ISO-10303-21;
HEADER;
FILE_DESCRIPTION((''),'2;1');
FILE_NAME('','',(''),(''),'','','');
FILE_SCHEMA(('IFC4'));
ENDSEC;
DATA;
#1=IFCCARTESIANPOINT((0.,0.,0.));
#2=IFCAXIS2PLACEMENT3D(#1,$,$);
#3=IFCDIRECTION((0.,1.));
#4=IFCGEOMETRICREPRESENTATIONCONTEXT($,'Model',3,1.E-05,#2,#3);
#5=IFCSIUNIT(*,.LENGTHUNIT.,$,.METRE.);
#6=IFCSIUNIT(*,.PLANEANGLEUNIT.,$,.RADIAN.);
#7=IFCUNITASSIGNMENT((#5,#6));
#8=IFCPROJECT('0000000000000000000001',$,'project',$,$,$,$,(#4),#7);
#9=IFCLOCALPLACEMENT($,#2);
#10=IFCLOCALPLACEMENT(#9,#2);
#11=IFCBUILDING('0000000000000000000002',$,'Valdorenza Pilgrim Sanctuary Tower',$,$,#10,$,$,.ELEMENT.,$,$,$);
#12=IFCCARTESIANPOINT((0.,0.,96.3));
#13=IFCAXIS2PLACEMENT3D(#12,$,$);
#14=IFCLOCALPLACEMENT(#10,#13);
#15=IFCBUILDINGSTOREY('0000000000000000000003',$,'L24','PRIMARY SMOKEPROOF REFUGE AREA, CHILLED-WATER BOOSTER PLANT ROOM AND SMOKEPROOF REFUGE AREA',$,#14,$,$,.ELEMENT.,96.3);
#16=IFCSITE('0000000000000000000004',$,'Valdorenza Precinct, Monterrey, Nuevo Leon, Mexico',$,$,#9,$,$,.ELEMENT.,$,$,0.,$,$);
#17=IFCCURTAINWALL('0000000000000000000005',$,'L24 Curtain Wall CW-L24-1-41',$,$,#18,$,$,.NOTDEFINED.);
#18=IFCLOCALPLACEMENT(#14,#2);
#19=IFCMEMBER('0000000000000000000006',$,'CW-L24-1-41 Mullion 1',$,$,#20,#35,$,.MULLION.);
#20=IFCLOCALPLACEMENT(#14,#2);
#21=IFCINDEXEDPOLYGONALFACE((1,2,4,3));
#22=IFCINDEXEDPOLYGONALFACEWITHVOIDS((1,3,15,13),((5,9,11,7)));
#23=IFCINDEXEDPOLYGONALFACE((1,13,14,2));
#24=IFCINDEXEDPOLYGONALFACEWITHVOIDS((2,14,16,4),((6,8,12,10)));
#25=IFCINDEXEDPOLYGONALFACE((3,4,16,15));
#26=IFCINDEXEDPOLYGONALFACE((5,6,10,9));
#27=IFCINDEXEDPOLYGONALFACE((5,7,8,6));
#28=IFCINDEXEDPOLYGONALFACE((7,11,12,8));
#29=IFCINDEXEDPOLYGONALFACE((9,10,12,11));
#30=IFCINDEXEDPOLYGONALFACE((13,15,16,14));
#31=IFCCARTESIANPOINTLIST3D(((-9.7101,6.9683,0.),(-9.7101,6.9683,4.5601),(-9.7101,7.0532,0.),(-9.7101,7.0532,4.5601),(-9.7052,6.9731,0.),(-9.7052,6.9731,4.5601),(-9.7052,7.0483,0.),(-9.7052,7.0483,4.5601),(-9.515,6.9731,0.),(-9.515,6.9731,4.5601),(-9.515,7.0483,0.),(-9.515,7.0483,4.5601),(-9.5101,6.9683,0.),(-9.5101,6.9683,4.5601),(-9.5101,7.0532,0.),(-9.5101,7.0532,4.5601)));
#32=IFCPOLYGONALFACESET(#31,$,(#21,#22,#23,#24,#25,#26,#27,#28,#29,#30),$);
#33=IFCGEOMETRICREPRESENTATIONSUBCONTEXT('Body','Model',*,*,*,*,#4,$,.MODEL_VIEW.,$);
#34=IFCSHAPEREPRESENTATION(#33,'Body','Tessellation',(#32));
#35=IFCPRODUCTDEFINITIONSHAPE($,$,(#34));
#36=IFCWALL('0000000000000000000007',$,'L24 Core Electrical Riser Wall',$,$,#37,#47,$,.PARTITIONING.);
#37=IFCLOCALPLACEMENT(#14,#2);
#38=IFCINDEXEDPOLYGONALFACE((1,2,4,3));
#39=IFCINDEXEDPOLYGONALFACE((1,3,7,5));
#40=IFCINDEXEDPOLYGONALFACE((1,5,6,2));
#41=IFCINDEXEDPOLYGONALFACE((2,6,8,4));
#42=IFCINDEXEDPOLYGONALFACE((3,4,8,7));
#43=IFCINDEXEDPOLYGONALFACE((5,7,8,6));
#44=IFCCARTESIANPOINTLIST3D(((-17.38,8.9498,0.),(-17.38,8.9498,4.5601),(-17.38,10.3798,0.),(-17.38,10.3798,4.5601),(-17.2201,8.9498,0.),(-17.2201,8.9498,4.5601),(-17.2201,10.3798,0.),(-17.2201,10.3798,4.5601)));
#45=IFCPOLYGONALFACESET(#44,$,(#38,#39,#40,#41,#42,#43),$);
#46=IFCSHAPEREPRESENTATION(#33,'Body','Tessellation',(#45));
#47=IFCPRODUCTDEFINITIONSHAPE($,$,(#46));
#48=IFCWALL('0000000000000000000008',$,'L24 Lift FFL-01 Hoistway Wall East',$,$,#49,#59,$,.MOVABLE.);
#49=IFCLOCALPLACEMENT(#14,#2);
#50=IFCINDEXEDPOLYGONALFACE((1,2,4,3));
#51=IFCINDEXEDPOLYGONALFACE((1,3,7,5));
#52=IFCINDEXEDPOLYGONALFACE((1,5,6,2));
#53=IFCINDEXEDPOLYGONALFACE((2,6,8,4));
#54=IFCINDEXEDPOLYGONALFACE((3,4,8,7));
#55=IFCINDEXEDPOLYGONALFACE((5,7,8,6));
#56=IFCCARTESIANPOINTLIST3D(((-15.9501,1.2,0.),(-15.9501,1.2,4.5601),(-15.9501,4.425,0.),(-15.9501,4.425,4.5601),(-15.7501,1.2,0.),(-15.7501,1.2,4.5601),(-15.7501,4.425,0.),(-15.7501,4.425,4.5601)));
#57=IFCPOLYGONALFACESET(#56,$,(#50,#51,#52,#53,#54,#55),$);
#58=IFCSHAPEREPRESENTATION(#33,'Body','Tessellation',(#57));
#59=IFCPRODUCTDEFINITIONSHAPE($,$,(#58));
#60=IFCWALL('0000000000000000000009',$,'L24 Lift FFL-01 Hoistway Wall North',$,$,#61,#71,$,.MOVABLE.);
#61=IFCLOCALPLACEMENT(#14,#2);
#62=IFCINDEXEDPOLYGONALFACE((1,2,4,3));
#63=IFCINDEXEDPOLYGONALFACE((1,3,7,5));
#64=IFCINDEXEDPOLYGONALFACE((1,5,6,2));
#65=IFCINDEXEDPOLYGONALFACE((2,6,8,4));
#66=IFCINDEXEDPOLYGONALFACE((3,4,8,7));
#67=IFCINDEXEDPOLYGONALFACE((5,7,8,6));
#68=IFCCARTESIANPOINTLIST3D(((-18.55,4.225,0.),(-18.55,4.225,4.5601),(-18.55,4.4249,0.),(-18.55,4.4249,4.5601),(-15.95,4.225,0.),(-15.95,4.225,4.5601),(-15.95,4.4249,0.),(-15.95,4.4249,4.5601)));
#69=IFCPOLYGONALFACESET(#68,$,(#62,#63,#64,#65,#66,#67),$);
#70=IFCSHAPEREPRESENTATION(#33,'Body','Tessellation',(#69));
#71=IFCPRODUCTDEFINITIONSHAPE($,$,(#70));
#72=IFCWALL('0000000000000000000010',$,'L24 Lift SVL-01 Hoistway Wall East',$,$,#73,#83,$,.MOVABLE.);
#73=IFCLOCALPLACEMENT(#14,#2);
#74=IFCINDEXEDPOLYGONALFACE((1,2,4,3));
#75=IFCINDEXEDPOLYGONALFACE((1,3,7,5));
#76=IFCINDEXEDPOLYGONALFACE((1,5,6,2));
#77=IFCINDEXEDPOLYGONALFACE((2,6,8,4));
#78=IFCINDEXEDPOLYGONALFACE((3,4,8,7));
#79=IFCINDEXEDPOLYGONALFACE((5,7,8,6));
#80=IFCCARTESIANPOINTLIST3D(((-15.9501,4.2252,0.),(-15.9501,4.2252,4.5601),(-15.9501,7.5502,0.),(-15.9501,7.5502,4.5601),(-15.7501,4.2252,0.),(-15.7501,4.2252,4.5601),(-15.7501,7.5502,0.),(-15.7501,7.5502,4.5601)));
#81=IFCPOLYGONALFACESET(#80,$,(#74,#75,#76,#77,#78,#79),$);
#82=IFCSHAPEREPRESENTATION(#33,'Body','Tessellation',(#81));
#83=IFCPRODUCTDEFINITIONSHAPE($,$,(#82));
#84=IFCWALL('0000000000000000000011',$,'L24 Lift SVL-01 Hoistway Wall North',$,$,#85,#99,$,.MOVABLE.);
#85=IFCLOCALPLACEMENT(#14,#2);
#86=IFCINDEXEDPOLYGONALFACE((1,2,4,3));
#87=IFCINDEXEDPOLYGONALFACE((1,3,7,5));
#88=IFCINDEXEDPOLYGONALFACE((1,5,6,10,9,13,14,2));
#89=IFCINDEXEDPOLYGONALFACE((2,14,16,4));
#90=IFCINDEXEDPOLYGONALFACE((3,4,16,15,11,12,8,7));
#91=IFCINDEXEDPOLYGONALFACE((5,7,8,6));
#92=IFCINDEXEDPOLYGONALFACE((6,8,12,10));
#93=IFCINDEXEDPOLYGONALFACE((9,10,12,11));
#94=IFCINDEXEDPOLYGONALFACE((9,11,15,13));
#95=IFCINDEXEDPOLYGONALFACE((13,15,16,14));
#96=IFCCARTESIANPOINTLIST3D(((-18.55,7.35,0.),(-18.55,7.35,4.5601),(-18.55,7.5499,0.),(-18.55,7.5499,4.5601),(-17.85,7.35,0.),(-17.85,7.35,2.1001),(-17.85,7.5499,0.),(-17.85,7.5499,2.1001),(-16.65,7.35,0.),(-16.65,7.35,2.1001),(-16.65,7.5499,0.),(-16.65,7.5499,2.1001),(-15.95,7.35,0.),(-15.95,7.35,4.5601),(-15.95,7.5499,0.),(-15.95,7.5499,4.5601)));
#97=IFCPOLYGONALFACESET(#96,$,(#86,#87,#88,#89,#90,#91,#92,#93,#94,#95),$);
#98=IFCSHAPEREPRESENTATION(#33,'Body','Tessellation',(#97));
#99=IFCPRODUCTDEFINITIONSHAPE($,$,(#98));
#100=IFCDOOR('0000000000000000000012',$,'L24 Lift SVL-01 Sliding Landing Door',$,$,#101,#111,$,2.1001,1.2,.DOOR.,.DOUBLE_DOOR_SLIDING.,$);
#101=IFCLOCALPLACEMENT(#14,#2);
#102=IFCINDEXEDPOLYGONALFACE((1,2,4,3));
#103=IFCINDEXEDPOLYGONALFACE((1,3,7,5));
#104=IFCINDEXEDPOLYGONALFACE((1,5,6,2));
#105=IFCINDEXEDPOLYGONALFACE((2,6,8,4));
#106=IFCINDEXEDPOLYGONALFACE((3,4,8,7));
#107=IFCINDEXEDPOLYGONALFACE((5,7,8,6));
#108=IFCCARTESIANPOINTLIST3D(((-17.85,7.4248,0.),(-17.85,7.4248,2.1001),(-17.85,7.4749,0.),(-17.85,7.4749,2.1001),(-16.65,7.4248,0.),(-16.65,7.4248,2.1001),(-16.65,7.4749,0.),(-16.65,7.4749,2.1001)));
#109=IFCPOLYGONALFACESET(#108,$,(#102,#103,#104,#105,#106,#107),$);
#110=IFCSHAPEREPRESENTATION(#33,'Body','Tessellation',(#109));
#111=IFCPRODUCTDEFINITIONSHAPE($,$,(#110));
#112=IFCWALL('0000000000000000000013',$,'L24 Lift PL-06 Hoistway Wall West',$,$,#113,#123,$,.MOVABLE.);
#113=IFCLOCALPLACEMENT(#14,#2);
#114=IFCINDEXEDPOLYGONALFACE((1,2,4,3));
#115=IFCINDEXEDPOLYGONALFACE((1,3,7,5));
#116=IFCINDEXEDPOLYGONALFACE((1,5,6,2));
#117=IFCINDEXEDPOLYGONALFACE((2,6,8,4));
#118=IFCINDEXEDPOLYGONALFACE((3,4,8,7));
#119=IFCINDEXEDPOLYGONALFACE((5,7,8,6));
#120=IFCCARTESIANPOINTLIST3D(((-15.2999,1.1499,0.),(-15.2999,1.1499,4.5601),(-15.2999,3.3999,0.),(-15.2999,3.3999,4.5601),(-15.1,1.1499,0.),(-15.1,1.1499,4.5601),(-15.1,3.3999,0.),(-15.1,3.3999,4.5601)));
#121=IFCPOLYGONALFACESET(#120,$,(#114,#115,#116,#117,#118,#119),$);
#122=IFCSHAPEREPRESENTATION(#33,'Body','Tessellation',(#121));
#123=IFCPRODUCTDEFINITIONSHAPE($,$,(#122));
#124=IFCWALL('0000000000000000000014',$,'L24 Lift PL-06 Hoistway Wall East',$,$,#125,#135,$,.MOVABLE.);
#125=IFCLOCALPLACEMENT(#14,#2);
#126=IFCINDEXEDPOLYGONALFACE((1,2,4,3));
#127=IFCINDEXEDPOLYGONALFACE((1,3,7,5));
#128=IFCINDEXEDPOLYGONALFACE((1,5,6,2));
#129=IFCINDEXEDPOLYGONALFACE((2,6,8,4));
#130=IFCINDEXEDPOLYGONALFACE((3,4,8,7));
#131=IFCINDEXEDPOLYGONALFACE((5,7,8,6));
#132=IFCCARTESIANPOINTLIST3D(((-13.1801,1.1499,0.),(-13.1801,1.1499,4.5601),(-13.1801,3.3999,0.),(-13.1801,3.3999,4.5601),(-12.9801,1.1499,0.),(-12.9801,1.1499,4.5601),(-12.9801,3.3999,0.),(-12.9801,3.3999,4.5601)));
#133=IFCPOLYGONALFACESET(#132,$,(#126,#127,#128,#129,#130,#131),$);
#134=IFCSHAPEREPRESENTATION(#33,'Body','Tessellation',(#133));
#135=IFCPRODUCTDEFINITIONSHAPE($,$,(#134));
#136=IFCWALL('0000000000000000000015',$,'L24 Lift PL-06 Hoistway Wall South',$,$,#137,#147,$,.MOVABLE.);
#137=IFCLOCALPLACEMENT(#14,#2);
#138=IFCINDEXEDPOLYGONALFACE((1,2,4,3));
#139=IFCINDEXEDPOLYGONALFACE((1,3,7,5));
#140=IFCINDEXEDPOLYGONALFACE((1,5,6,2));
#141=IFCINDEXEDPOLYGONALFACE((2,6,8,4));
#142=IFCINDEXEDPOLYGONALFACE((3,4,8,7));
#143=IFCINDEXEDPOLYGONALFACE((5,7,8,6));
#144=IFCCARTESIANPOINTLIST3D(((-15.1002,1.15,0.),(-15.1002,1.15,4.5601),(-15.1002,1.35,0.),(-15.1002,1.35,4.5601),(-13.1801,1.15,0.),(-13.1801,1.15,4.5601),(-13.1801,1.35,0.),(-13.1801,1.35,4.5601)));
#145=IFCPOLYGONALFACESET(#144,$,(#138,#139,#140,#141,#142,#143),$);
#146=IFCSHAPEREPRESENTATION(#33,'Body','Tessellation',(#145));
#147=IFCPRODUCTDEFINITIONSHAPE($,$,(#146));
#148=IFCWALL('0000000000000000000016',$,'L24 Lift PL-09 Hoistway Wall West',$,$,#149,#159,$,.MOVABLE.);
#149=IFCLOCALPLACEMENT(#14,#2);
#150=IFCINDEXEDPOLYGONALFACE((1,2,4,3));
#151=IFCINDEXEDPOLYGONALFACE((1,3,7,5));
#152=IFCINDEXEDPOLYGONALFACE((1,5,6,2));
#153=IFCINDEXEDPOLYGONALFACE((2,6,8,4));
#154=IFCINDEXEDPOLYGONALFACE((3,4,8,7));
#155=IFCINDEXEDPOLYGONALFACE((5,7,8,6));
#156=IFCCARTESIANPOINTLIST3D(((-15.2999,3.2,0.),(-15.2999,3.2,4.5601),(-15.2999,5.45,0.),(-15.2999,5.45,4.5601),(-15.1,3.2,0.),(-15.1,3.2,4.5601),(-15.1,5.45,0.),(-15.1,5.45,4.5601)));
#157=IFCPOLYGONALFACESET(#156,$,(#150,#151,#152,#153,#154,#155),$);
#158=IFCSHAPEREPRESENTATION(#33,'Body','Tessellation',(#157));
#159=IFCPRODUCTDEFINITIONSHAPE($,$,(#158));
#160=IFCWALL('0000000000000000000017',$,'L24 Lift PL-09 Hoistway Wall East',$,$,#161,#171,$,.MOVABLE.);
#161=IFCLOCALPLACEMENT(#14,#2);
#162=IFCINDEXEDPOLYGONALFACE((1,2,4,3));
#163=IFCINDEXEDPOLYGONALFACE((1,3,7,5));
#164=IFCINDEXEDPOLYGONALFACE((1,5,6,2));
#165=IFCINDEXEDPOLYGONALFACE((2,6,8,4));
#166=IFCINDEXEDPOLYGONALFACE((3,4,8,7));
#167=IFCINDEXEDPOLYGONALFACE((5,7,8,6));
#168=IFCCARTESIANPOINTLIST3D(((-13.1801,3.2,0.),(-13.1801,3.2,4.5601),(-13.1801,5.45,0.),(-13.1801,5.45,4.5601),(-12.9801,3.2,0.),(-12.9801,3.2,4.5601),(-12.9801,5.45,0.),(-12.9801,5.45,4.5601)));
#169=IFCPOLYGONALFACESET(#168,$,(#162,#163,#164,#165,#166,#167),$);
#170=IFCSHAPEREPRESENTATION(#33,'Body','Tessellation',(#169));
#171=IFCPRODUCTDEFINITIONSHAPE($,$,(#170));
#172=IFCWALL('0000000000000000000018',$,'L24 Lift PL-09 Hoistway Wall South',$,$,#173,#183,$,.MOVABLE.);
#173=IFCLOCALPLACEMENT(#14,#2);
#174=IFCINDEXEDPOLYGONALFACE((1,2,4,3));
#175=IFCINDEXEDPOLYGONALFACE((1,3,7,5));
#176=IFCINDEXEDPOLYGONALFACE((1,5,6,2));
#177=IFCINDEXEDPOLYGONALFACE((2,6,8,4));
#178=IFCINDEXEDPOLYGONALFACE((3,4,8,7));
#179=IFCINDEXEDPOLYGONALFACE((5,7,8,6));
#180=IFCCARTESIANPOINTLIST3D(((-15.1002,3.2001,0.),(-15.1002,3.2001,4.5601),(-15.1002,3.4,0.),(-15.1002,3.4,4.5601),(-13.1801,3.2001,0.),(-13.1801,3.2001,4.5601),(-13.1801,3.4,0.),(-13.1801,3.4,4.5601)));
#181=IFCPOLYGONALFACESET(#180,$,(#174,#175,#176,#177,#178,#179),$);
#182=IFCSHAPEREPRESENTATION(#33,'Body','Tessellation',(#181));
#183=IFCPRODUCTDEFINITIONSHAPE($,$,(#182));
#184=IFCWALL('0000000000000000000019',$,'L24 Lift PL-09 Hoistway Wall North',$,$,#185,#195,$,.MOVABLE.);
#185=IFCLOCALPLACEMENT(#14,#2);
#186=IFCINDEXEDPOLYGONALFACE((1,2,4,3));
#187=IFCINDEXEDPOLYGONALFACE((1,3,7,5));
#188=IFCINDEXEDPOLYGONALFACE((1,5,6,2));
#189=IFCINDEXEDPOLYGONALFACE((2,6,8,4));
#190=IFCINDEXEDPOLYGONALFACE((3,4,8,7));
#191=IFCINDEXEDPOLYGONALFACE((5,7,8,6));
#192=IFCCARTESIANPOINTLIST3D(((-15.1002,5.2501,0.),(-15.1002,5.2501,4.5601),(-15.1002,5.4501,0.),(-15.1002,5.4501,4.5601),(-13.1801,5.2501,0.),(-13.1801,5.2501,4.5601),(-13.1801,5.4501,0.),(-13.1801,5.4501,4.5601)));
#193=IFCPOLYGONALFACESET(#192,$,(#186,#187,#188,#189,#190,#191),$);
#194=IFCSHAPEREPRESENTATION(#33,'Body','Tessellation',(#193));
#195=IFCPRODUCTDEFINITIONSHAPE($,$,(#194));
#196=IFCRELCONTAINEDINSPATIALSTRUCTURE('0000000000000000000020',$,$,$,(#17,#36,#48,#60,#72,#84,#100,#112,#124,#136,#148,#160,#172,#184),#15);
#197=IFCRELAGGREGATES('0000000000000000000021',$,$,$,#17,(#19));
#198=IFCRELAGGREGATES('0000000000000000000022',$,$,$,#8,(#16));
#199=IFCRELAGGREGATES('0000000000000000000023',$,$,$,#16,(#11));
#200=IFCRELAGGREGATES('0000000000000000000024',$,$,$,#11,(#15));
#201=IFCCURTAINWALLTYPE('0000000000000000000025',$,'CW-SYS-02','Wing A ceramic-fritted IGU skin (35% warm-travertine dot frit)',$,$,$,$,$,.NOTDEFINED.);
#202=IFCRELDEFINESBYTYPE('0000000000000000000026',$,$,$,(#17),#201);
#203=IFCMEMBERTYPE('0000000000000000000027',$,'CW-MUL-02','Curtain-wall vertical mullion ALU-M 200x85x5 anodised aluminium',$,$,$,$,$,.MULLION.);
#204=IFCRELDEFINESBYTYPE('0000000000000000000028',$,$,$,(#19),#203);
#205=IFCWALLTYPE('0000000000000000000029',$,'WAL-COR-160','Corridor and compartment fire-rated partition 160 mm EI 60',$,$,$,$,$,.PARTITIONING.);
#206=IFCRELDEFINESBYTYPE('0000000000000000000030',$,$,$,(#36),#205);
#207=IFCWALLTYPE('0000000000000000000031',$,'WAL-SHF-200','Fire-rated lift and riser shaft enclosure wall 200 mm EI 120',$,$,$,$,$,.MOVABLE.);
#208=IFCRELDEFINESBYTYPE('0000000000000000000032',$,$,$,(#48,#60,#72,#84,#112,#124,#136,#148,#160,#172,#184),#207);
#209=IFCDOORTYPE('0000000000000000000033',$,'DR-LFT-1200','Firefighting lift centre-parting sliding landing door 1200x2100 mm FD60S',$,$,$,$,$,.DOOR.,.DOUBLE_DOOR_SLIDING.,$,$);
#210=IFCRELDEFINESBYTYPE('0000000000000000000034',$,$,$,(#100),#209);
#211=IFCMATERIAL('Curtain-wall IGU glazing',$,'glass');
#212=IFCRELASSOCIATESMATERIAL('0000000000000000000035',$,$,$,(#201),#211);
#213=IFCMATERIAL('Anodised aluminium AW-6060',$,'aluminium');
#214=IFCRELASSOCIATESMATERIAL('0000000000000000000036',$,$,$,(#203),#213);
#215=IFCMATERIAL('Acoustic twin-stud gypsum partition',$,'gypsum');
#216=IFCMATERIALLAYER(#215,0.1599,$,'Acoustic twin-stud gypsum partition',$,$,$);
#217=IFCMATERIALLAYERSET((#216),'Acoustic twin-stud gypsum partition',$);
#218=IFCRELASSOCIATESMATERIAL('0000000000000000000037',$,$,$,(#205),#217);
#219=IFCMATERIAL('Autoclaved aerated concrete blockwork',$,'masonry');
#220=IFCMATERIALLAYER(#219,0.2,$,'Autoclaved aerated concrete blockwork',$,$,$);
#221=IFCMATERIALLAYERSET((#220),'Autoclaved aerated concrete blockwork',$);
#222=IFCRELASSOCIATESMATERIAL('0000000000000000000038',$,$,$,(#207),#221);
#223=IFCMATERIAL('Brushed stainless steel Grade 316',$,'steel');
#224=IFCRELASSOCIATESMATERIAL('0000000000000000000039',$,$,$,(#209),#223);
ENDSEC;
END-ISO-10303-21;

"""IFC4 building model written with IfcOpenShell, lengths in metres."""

from ifc_helpers import new_model, si_unit, direction, frame, frame_2d, origin, origin_2d, place, context, subcontext, project, spatial, rectangle, hollow_rectangle, extrude, source, transform, mapped, material, layer, layer_set, material_profile, profile_set, type_object, element, fill, aggregate, save


model = new_model("IFC4")

# Units and contexts
model_context = context("Model", 3, precision=1e-05, world=origin(), true_north=direction((0.0, 1.0)))
body_context = subcontext(model_context, "Body", "Model", "MODEL_VIEW")
ifc_project = project(units=[si_unit("LENGTHUNIT", "METRE"), si_unit("PLANEANGLEUNIT", "RADIAN")], contexts=[model_context])

# Site, building, storey
site_placement = place(None, origin())
site = spatial("IfcSite", under=ifc_project, at=site_placement, Name="Valdorenza Precinct, Monterrey, Nuevo Leon, Mexico", CompositionType="ELEMENT", RefElevation=0.0)
building_placement = place(site_placement, origin())
building = spatial("IfcBuilding", under=site, at=building_placement, Name="Valdorenza Pilgrim Sanctuary Tower", CompositionType="ELEMENT")
storey_placement = place(building_placement, frame((0.0, 0.0, 96.3)))
storey = spatial("IfcBuildingStorey", under=building, at=storey_placement, Name="L24", Description="PRIMARY SMOKEPROOF REFUGE AREA, CHILLED-WATER BOOSTER PLANT ROOM AND SMOKEPROOF REFUGE AREA", CompositionType="ELEMENT", Elevation=96.3)

# Curtain wall, member
ifc_material_1 = material(Name="Curtain-wall IGU glazing", Category="glass")
curtain_wall_type = type_object("IfcCurtainWallType", Name="CW-SYS-02", Description="Wing A ceramic-fritted IGU skin (35% warm-travertine dot frit)", PredefinedType="NOTDEFINED", material=ifc_material_1)
curtain_wall_placement = place(storey_placement, origin())
curtain_wall = element("IfcCurtainWall", 1, at=curtain_wall_placement, inside=storey, type_object=curtain_wall_type, Name="L24 Curtain Wall CW-L24-1-41", PredefinedType="NOTDEFINED")
ifc_material_2 = material(Name="Anodised aluminium AW-6060", Category="aluminium")
ifc_material_profile = material_profile(ifc_material_2, hollow_rectangle(XDim=0.085, YDim=0.2, WallThickness=0.0049, at=origin_2d()), Name="ALU-M 200x85x5")
ifc_profile_set = profile_set([ifc_material_profile], Name="Anodised aluminium AW-6060")
member_type = type_object("IfcMemberType", Name="CW-MUL-02", Description="Curtain-wall vertical mullion ALU-M 200x85x5 anodised aluminium", PredefinedType="MULLION", material=ifc_profile_set)
shared_shape = source(origin(), body_context, "Body", "SweptSolid", [
    extrude(hollow_rectangle(XDim=0.085, YDim=0.2, WallThickness=0.0049, at=origin_2d()), origin(), (0.0, 0.0, 1.0), 4.5601),
])
member_placement = place(storey_placement, frame((-9.6101, 7.0107, 0.0), z_axis=(0.0, 0.0, 1.0), x_axis=(0.0, -1.0, 0.0)))
member = element("IfcMember", 2, at=member_placement, type_object=member_type, Name="CW-L24-1-41 Mullion 1", PredefinedType="MULLION", context=body_context, shape_type="MappedRepresentation", body=[
    mapped(shared_shape, transform((0.0, 0.0, 0.0), x_axis=(1.0, 0.0, 0.0), y_axis=(0.0, 1.0, 0.0), z_axis=(0.0, 0.0, 1.0), scale=1.0)),
])
aggregate(curtain_wall, [member])

# Walls
ifc_material_3 = material(Name="Acoustic twin-stud gypsum partition", Category="gypsum")
ifc_layer_1 = layer(ifc_material_3, 0.1599, Name="Acoustic twin-stud gypsum partition")
ifc_layer_set_1 = layer_set([ifc_layer_1], Name="Acoustic twin-stud gypsum partition")
wall_type_1 = type_object("IfcWallType", Name="WAL-COR-160", Description="Corridor and compartment fire-rated partition 160 mm EI 60", PredefinedType="PARTITIONING", material=ifc_layer_set_1)
wall_1_placement = place(storey_placement, frame((-17.3, 8.95, 0.0), z_axis=(0.0, 0.0, 1.0), x_axis=(0.0, 1.0, 0.0)))
element("IfcWall", 3, at=wall_1_placement, inside=storey, type_object=wall_type_1, Name="L24 Core Electrical Riser Wall", PredefinedType="PARTITIONING", context=body_context, shape_type="SweptSolid", body=[
    extrude(rectangle(XDim=1.4299, YDim=0.1599, at=frame_2d((0.7148, 0.0))), origin(), (0.0, 0.0, 1.0), 4.5601),
])
ifc_material_4 = material(Name="Autoclaved aerated concrete blockwork", Category="masonry")
ifc_layer_2 = layer(ifc_material_4, 0.2, Name="Autoclaved aerated concrete blockwork")
ifc_layer_set_2 = layer_set([ifc_layer_2], Name="Autoclaved aerated concrete blockwork")
wall_type_2 = type_object("IfcWallType", Name="WAL-SHF-200", Description="Fire-rated lift and riser shaft enclosure wall 200 mm EI 120", PredefinedType="MOVABLE", material=ifc_layer_set_2)
wall_2_placement = place(storey_placement, frame((-15.8501, 1.2, 0.0), z_axis=(0.0, 0.0, 1.0), x_axis=(0.0, 1.0, 0.0)))
element("IfcWall", 4, at=wall_2_placement, inside=storey, type_object=wall_type_2, Name="L24 Lift FFL-01 Hoistway Wall East", PredefinedType="MOVABLE", context=body_context, shape_type="SweptSolid", body=[
    extrude(rectangle(XDim=3.2251, YDim=0.2, at=frame_2d((1.6125, 0.0))), origin(), (0.0, 0.0, 1.0), 4.5601),
])
wall_3_placement = place(storey_placement, frame((-18.55, 4.325, 0.0), z_axis=(0.0, 0.0, 1.0), x_axis=(1.0, 0.0, 0.0)))
element("IfcWall", 5, at=wall_3_placement, inside=storey, type_object=wall_type_2, Name="L24 Lift FFL-01 Hoistway Wall North", PredefinedType="MOVABLE", context=body_context, shape_type="SweptSolid", body=[
    extrude(rectangle(XDim=2.6001, YDim=0.2, at=frame_2d((1.3, 0.0))), origin(), (0.0, 0.0, 1.0), 4.5601),
])
wall_4_placement = place(storey_placement, frame((-15.8501, 4.2251, 0.0), z_axis=(0.0, 0.0, 1.0), x_axis=(0.0, 1.0, 0.0)))
element("IfcWall", 6, at=wall_4_placement, inside=storey, type_object=wall_type_2, Name="L24 Lift SVL-01 Hoistway Wall East", PredefinedType="MOVABLE", context=body_context, shape_type="SweptSolid", body=[
    extrude(rectangle(XDim=3.325, YDim=0.2, at=frame_2d((1.6626, 0.0))), origin(), (0.0, 0.0, 1.0), 4.5601),
])

# Wall, opening, door
wall_5_placement = place(storey_placement, frame((-18.55, 7.45, 0.0), z_axis=(0.0, 0.0, 1.0), x_axis=(1.0, 0.0, 0.0)))
wall_5 = element("IfcWall", 7, at=wall_5_placement, inside=storey, type_object=wall_type_2, Name="L24 Lift SVL-01 Hoistway Wall North", PredefinedType="MOVABLE", context=body_context, shape_type="SweptSolid", body=[
    extrude(rectangle(XDim=2.6001, YDim=0.2, at=frame_2d((1.3, 0.0))), origin(), (0.0, 0.0, 1.0), 4.5601),
])
opening_placement = place(wall_5_placement, frame((0.7, 0.0, 0.0)))
opening = element("IfcOpeningElement", 8, at=opening_placement, cuts=wall_5, PredefinedType="OPENING", context=body_context, shape_type="SweptSolid", body=[
    extrude(rectangle(XDim=1.2, YDim=2.1001, at=frame_2d((0.6001, 1.05))), frame((0.0, 0.1147, 0.0), z_axis=(0.0, -1.0, 0.0), x_axis=(1.0, 0.0, 0.0)), (0.0, 0.0, 1.0), 0.2297),
])
ifc_material_5 = material(Name="Brushed stainless steel Grade 316", Category="steel")
door_type = type_object("IfcDoorType", Name="DR-LFT-1200", Description="Firefighting lift centre-parting sliding landing door 1200x2100 mm FD60S", OperationType="DOUBLE_DOOR_SLIDING", PredefinedType="DOOR", material=ifc_material_5)
door_placement = place(opening_placement, origin())
door = element("IfcDoor", 9, at=door_placement, inside=storey, type_object=door_type, Name="L24 Lift SVL-01 Sliding Landing Door", OperationType="DOUBLE_DOOR_SLIDING", OverallHeight=2.1001, OverallWidth=1.2, PredefinedType="DOOR", context=body_context, shape_type="SweptSolid", body=[
    extrude(rectangle(XDim=1.2, YDim=2.1001, at=frame_2d((0.6001, 1.05))), frame((0.0, 0.0249, 0.0), z_axis=(0.0, -1.0, 0.0), x_axis=(1.0, 0.0, 0.0)), (0.0, 0.0, 1.0), 0.05),
])
fill(opening, door)

# Walls
for number, where, z_axis, x_axis, name in (
    (10, (-15.2, 1.1499, 0.0), (0.0, 0.0, 1.0), (0.0, 1.0, 0.0), "L24 Lift PL-06 Hoistway Wall West"),
    (11, (-13.0801, 1.1499, 0.0), (0.0, 0.0, 1.0), (0.0, 1.0, 0.0), "L24 Lift PL-06 Hoistway Wall East"),
):
    element("IfcWall", number, at=place(storey_placement, frame(where, z_axis=z_axis, x_axis=x_axis)), inside=storey, type_object=wall_type_2, Name=name, PredefinedType="MOVABLE", context=body_context, shape_type="SweptSolid", body=[
        extrude(rectangle(XDim=2.25, YDim=0.2, at=frame_2d((1.125, 0.0))), origin(), (0.0, 0.0, 1.0), 4.5601),
    ])
wall_6_placement = place(storey_placement, frame((-15.1001, 1.25, 0.0), z_axis=(0.0, 0.0, 1.0), x_axis=(1.0, 0.0, 0.0)))
element("IfcWall", 12, at=wall_6_placement, inside=storey, type_object=wall_type_2, Name="L24 Lift PL-06 Hoistway Wall South", PredefinedType="MOVABLE", context=body_context, shape_type="SweptSolid", body=[
    extrude(rectangle(XDim=1.9202, YDim=0.2, at=frame_2d((0.96, 0.0))), origin(), (0.0, 0.0, 1.0), 4.5601),
])
for number, where, z_axis, x_axis, name in (
    (13, (-15.2, 3.2, 0.0), (0.0, 0.0, 1.0), (0.0, 1.0, 0.0), "L24 Lift PL-09 Hoistway Wall West"),
    (14, (-13.0801, 3.2, 0.0), (0.0, 0.0, 1.0), (0.0, 1.0, 0.0), "L24 Lift PL-09 Hoistway Wall East"),
):
    element("IfcWall", number, at=place(storey_placement, frame(where, z_axis=z_axis, x_axis=x_axis)), inside=storey, type_object=wall_type_2, Name=name, PredefinedType="MOVABLE", context=body_context, shape_type="SweptSolid", body=[
        extrude(rectangle(XDim=2.25, YDim=0.2, at=frame_2d((1.125, 0.0))), origin(), (0.0, 0.0, 1.0), 4.5601),
    ])
for number, where, z_axis, x_axis, name in (
    (15, (-15.1001, 3.3, 0.0), (0.0, 0.0, 1.0), (1.0, 0.0, 0.0), "L24 Lift PL-09 Hoistway Wall South"),
    (16, (-15.1001, 5.3501, 0.0), (0.0, 0.0, 1.0), (1.0, 0.0, 0.0), "L24 Lift PL-09 Hoistway Wall North"),
):
    element("IfcWall", number, at=place(storey_placement, frame(where, z_axis=z_axis, x_axis=x_axis)), inside=storey, type_object=wall_type_2, Name=name, PredefinedType="MOVABLE", context=body_context, shape_type="SweptSolid", body=[
        extrude(rectangle(XDim=1.9202, YDim=0.2, at=frame_2d((0.96, 0.0))), origin(), (0.0, 0.0, 1.0), 4.5601),
    ])

save(model, "model.ifc")
